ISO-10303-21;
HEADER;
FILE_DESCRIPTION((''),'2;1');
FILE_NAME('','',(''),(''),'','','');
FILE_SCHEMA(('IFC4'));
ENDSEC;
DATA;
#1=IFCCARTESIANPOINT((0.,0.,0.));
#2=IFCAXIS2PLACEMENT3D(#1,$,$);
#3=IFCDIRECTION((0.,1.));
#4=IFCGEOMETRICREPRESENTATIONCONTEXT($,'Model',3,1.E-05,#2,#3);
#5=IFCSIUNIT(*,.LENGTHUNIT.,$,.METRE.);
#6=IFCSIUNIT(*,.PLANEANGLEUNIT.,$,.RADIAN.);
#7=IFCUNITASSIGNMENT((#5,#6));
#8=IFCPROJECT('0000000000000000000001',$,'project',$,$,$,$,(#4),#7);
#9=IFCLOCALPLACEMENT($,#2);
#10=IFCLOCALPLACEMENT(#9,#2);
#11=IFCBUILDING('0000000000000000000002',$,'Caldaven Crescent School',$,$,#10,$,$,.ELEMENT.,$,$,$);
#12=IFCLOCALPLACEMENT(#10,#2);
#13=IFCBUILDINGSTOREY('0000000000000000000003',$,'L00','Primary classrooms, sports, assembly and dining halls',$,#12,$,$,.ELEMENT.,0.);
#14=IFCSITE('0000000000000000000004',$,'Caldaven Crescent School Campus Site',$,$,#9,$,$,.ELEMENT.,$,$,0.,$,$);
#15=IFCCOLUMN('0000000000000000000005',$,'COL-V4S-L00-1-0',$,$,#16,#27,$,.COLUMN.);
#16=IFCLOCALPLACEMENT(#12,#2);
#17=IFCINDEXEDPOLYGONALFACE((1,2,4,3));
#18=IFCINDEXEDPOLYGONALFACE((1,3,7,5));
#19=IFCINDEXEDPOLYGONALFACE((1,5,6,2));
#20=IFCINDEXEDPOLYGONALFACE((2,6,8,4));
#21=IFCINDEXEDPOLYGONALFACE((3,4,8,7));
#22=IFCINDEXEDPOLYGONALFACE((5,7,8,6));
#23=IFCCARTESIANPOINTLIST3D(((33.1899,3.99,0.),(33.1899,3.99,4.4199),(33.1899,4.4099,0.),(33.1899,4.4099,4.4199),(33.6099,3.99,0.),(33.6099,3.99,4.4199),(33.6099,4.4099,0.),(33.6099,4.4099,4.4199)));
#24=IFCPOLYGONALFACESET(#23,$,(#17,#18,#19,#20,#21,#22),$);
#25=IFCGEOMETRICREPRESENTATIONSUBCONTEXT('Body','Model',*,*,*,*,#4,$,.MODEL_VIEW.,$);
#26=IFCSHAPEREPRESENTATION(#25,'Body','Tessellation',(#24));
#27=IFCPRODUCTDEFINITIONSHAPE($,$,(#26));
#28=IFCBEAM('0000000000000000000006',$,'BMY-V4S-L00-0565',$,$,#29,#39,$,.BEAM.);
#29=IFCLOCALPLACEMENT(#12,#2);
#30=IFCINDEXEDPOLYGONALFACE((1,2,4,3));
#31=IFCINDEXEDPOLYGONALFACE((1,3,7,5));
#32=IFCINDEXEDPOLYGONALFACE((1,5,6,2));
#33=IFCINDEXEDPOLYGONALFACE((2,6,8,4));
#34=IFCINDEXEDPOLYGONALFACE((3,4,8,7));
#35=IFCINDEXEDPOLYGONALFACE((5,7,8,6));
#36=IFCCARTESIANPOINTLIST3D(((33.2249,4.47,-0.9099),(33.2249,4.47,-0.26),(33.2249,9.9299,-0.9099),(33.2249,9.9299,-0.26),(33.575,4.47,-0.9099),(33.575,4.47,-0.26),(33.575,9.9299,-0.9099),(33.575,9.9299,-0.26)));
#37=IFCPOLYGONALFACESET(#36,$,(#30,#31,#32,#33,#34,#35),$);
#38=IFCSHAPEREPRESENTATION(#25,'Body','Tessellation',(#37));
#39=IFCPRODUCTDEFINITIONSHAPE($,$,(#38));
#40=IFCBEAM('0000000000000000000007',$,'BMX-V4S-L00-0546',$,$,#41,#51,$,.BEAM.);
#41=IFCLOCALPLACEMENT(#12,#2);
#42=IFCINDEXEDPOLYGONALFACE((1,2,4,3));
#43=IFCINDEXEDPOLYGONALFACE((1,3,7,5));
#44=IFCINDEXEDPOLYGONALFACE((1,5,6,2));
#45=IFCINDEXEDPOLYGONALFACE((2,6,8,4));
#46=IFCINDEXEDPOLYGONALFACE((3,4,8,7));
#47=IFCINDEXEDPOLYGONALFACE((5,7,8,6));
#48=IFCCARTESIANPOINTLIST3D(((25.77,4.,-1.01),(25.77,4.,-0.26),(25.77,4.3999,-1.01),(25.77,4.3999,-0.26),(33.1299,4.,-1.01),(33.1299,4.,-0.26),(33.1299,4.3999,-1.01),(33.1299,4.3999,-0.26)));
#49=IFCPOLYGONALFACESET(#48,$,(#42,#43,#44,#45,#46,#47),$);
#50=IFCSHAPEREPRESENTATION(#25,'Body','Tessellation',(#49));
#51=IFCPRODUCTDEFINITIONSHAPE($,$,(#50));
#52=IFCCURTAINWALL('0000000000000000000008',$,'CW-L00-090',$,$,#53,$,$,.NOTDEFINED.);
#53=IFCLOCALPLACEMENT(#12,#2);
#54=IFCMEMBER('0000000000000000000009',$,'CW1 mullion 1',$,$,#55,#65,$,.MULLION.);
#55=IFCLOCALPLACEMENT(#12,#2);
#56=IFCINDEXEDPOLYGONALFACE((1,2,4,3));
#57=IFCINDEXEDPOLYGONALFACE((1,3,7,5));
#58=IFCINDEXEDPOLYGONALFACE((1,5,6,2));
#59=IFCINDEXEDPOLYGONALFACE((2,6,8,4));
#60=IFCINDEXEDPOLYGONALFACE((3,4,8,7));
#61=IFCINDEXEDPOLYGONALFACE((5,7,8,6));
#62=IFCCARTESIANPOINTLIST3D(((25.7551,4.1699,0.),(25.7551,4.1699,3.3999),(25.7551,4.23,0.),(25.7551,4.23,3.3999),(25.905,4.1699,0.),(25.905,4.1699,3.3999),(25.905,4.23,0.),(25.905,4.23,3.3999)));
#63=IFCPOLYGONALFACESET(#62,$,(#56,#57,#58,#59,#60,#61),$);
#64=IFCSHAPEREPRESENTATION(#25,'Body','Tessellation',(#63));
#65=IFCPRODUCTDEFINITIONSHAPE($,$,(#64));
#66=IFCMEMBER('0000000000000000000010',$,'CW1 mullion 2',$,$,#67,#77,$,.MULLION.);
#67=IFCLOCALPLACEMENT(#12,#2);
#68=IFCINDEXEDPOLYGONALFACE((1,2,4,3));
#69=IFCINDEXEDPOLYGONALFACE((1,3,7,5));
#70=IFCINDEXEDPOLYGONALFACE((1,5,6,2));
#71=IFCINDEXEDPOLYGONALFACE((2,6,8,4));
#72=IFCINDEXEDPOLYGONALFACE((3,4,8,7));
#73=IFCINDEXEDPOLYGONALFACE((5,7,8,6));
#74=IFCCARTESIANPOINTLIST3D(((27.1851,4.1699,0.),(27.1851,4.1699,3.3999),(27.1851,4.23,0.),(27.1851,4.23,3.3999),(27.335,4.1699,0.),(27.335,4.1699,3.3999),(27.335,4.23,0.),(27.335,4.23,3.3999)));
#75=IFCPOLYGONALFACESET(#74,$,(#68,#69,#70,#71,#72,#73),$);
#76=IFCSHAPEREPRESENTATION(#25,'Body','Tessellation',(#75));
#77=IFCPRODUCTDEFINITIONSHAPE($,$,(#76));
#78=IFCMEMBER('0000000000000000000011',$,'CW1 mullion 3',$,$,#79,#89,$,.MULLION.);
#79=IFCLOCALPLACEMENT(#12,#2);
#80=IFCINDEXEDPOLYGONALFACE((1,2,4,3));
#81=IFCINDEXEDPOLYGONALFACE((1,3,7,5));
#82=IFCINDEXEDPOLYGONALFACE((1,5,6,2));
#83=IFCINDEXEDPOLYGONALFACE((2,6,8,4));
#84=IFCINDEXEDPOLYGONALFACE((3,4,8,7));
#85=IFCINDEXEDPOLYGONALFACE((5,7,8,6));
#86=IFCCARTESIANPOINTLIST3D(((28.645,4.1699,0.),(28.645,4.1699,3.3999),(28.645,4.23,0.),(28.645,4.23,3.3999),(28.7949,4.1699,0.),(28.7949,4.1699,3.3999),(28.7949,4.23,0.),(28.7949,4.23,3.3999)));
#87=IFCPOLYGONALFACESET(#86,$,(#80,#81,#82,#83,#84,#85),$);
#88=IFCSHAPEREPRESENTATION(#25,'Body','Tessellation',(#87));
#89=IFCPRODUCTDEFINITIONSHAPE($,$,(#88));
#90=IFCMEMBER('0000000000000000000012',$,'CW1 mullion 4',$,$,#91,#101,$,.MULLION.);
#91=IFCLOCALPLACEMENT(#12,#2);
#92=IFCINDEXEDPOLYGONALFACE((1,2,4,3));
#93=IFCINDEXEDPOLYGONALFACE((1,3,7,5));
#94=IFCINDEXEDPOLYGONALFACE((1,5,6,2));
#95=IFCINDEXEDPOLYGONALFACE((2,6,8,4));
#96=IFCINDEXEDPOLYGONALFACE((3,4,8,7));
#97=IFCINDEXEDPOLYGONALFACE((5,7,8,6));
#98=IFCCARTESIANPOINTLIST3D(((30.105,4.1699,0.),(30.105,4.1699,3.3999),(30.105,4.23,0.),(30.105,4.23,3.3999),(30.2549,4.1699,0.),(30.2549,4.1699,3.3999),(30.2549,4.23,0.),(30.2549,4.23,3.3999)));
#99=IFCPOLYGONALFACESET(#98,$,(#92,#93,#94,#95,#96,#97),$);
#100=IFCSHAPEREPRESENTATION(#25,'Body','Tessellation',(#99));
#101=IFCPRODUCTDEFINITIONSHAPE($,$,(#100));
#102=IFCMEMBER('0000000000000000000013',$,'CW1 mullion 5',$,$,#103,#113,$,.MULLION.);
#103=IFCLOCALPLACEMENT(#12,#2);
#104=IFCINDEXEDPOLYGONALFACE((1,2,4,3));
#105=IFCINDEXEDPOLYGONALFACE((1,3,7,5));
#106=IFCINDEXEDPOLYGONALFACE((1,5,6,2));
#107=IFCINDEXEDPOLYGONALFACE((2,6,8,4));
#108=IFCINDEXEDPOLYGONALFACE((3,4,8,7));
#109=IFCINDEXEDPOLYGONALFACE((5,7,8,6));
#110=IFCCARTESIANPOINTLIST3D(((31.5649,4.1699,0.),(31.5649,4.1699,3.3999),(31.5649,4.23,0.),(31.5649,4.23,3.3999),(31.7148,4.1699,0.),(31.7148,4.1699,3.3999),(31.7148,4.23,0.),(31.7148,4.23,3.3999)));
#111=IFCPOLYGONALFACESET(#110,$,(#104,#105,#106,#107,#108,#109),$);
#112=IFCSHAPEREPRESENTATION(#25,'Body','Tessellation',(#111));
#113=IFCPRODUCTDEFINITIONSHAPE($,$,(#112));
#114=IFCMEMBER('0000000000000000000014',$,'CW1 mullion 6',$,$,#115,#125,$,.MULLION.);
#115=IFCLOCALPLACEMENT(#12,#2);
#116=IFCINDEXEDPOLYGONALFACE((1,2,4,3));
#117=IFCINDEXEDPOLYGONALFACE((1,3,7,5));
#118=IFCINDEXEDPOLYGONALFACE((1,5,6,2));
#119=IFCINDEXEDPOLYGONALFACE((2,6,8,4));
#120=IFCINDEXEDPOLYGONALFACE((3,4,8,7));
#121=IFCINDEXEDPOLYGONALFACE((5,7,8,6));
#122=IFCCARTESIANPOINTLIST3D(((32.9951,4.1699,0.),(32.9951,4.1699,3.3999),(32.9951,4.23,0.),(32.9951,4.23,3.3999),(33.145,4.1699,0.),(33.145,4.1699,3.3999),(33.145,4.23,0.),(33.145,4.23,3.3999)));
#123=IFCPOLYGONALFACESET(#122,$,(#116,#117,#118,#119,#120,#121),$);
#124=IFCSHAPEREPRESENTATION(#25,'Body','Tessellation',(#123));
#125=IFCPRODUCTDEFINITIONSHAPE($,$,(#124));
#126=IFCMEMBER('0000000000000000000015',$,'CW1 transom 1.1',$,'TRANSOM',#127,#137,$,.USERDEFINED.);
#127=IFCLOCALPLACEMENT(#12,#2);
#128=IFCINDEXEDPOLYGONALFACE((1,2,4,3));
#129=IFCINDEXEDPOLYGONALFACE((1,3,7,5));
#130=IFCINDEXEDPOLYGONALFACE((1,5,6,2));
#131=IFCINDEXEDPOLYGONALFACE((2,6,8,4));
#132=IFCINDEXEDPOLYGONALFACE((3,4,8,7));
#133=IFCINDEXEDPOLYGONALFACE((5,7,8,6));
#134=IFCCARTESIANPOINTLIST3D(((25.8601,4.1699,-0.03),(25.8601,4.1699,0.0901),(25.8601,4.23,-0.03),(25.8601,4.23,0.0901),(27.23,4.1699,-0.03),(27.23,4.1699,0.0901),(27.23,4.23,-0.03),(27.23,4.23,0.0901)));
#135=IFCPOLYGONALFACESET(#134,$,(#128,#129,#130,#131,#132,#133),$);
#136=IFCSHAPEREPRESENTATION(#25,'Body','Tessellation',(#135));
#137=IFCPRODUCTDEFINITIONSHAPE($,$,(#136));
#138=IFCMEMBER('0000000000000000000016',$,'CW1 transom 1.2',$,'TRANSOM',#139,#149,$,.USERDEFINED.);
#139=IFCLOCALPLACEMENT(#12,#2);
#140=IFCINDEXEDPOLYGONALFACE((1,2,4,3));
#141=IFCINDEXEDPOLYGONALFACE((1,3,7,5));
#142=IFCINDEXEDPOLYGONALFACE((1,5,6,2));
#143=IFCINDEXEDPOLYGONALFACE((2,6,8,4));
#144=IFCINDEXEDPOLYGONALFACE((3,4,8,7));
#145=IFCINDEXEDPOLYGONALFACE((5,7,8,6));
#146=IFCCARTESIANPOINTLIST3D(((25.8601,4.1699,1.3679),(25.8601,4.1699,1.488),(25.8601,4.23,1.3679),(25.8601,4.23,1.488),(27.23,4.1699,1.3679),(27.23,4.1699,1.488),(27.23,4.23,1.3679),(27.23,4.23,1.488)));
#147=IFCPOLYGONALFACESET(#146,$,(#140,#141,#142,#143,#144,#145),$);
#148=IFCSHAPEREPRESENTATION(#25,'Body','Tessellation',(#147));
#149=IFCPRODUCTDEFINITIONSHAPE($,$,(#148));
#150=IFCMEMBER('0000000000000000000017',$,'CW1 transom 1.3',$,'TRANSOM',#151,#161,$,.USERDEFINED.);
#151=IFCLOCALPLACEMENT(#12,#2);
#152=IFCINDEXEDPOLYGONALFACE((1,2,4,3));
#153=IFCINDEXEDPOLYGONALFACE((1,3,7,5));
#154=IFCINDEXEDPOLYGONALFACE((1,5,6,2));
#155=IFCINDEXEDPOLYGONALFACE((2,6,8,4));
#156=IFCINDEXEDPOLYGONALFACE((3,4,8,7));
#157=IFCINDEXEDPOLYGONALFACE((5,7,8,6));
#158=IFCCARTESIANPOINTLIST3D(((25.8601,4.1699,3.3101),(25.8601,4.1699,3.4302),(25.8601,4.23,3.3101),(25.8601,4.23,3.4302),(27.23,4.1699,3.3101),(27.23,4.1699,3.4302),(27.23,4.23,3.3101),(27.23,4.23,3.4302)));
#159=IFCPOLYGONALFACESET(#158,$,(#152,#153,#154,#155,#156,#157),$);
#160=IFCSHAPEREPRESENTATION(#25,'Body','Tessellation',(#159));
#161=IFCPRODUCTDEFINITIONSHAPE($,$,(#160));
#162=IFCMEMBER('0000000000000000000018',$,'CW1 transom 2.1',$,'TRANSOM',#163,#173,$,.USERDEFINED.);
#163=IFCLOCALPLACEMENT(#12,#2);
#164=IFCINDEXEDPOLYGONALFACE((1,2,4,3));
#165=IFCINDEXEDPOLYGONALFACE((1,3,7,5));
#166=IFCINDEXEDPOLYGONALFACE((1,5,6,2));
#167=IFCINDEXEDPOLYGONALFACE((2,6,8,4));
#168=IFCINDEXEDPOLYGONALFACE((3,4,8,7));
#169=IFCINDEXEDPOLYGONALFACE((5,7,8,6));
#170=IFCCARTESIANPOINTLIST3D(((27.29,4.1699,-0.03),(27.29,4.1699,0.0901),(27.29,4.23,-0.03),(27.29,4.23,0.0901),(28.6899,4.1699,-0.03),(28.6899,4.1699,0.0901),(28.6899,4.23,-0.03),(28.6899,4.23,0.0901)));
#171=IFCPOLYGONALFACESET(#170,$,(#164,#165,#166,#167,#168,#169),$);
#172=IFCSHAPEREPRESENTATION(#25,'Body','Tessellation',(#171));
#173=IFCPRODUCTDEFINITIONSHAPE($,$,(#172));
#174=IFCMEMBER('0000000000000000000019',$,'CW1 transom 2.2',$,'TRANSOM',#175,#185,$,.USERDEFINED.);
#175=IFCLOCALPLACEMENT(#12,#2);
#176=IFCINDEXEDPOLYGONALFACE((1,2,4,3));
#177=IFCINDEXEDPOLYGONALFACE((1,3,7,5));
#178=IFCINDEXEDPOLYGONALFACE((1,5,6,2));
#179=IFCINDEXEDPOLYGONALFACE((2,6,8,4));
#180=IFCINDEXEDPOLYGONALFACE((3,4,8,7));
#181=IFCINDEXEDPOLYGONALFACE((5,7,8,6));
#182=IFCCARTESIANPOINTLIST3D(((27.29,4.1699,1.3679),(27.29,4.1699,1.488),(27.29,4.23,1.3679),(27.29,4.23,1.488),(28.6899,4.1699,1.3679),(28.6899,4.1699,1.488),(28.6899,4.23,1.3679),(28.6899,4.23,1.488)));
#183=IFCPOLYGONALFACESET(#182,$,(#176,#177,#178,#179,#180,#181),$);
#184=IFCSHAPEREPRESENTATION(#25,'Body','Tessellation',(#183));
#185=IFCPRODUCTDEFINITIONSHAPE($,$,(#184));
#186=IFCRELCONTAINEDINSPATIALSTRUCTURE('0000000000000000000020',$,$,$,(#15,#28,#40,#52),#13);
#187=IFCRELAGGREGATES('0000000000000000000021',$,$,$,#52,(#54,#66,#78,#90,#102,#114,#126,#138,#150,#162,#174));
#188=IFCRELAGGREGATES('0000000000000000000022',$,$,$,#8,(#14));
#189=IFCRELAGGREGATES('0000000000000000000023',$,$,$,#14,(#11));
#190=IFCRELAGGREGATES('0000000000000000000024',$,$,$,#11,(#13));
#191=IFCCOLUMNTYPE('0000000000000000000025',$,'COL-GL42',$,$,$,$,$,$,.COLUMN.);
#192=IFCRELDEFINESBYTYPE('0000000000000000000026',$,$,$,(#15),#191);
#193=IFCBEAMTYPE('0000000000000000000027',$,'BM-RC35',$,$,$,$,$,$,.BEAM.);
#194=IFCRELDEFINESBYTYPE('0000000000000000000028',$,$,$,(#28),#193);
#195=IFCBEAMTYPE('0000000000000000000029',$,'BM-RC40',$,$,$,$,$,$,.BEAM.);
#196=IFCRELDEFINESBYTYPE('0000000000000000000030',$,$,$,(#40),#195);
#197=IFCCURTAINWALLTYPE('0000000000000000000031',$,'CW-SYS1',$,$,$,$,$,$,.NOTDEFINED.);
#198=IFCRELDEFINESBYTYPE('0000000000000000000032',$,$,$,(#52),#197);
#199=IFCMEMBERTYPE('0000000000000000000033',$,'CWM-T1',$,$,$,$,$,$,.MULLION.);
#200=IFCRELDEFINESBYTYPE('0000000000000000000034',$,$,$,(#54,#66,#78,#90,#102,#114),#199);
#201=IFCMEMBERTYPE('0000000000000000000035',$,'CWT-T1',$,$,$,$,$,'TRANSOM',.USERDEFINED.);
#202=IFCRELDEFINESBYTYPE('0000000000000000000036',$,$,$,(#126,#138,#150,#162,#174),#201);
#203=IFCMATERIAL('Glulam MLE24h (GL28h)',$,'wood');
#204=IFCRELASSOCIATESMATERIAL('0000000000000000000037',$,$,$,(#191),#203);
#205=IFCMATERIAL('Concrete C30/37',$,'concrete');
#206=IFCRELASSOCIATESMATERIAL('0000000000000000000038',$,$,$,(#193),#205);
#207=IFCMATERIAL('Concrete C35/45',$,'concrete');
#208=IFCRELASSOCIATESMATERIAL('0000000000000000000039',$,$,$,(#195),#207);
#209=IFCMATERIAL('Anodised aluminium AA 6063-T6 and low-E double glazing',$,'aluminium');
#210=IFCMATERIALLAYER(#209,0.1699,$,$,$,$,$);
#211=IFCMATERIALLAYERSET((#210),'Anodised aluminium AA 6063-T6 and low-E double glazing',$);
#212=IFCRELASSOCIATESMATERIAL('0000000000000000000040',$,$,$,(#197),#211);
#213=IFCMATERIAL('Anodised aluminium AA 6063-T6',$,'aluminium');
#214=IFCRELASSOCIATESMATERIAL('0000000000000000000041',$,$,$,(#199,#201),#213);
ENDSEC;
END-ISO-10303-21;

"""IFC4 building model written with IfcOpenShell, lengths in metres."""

from ifc_helpers import new_model, si_unit, direction, frame, origin, origin_2d, place, context, subcontext, project, spatial, rectangle, extrude, material, layer, layer_set, material_profile, profile_set, type_object, element, aggregate, save


model = new_model("IFC4")

# Units and contexts
model_context = context("Model", 3, precision=1e-05, world=origin(), true_north=direction((0.0, 1.0)))
body_context = subcontext(model_context, "Body", "Model", "MODEL_VIEW")
ifc_project = project(units=[si_unit("LENGTHUNIT", "METRE"), si_unit("PLANEANGLEUNIT", "RADIAN")], contexts=[model_context])

# Site, building, storey
site_placement = place(None, origin())
site = spatial("IfcSite", under=ifc_project, at=site_placement, Name="Caldaven Crescent School Campus Site", CompositionType="ELEMENT", RefElevation=0.0)
building_placement = place(site_placement, origin())
building = spatial("IfcBuilding", under=site, at=building_placement, Name="Caldaven Crescent School", CompositionType="ELEMENT")
storey_placement = place(building_placement, origin())
storey = spatial("IfcBuildingStorey", under=building, at=storey_placement, Name="L00", Description="Primary classrooms, sports, assembly and dining halls", CompositionType="ELEMENT", Elevation=0.0)

# Column
ifc_material_1 = material(Name="Glulam MLE24h (GL28h)", Category="wood")
ifc_material_profile_1 = material_profile(ifc_material_1, rectangle(XDim=0.4199, YDim=0.4199, at=origin_2d()), Name="MLE 420x420")
ifc_profile_set_1 = profile_set([ifc_material_profile_1], Name="Glulam MLE24h (GL28h)")
column_type = type_object("IfcColumnType", Name="COL-GL42", PredefinedType="COLUMN", material=ifc_profile_set_1)
column_placement = place(storey_placement, frame((33.3999, 4.2, 0.0), z_axis=(0.0, 0.0, 1.0), x_axis=(1.0, 0.0, 0.0)))
element("IfcColumn", 1, at=column_placement, inside=storey, type_object=column_type, Name="COL-V4S-L00-1-0", PredefinedType="COLUMN", context=body_context, shape_type="SweptSolid", body=[
    extrude(rectangle(XDim=0.4199, YDim=0.4199, at=origin_2d()), origin(), (0.0, 0.0, 1.0), 4.4199),
])

# Beams
ifc_material_2 = material(Name="Concrete C30/37", Category="concrete")
ifc_material_profile_2 = material_profile(ifc_material_2, rectangle(XDim=0.3501, YDim=0.6499, at=origin_2d()), Name="RC 350x650")
ifc_profile_set_2 = profile_set([ifc_material_profile_2], Name="Concrete C30/37")
beam_type_1 = type_object("IfcBeamType", Name="BM-RC35", PredefinedType="BEAM", material=ifc_profile_set_2)
beam_1_placement = place(storey_placement, frame((33.3999, 4.47, -0.585), z_axis=(0.0, 1.0, 0.0), x_axis=(-1.0, 0.0, 0.0)))
element("IfcBeam", 2, at=beam_1_placement, inside=storey, type_object=beam_type_1, Name="BMY-V4S-L00-0565", PredefinedType="BEAM", context=body_context, shape_type="SweptSolid", body=[
    extrude(rectangle(XDim=0.3501, YDim=0.6499, at=origin_2d()), origin(), (0.0, 0.0, 1.0), 5.46),
])
ifc_material_3 = material(Name="Concrete C35/45", Category="concrete")
ifc_material_profile_3 = material_profile(ifc_material_3, rectangle(XDim=0.3999, YDim=0.75, at=origin_2d()), Name="RC 400x750")
ifc_profile_set_3 = profile_set([ifc_material_profile_3], Name="Concrete C35/45")
beam_type_2 = type_object("IfcBeamType", Name="BM-RC40", PredefinedType="BEAM", material=ifc_profile_set_3)
beam_2_placement = place(storey_placement, frame((25.77, 4.2, -0.635), z_axis=(1.0, 0.0, 0.0), x_axis=(0.0, 1.0, 0.0)))
element("IfcBeam", 3, at=beam_2_placement, inside=storey, type_object=beam_type_2, Name="BMX-V4S-L00-0546", PredefinedType="BEAM", context=body_context, shape_type="SweptSolid", body=[
    extrude(rectangle(XDim=0.3999, YDim=0.75, at=origin_2d()), origin(), (0.0, 0.0, 1.0), 7.3599),
])

# Curtain wall, members
ifc_material_4 = material(Name="Anodised aluminium AA 6063-T6 and low-E double glazing", Category="aluminium")
ifc_layer_1 = layer(ifc_material_4, 0.1699)
ifc_layer_set_1 = layer_set([ifc_layer_1], Name="Anodised aluminium AA 6063-T6 and low-E double glazing")
curtain_wall_type = type_object("IfcCurtainWallType", Name="CW-SYS1", PredefinedType="NOTDEFINED", material=ifc_layer_set_1)
curtain_wall_placement = place(storey_placement, origin())
curtain_wall = element("IfcCurtainWall", 4, at=curtain_wall_placement, inside=storey, type_object=curtain_wall_type, Name="CW-L00-090", PredefinedType="NOTDEFINED")
ifc_material_5 = material(Name="Anodised aluminium AA 6063-T6", Category="aluminium")
ifc_material_profile_4 = material_profile(ifc_material_5, rectangle(XDim=0.0601, YDim=0.1499, at=origin_2d()), Name="CWM 60x150")
ifc_profile_set_4 = profile_set([ifc_material_profile_4], Name="Anodised aluminium AA 6063-T6")
member_type_1 = type_object("IfcMemberType", Name="CWM-T1", PredefinedType="MULLION", material=ifc_profile_set_4)
member_1_placement = place(storey_placement, frame((25.8301, 4.2, 0.0), z_axis=(0.0, 0.0, 1.0), x_axis=(0.0, 1.0, 0.0)))
member_1 = element("IfcMember", 5, at=member_1_placement, type_object=member_type_1, Name="CW1 mullion 1", PredefinedType="MULLION", context=body_context, shape_type="SweptSolid", body=[
    extrude(rectangle(XDim=0.0601, YDim=0.1499, at=origin_2d()), origin(), (0.0, 0.0, 1.0), 3.3999),
])
member_2_placement = place(storey_placement, frame((27.26, 4.2, 0.0), z_axis=(0.0, 0.0, 1.0), x_axis=(0.0, 1.0, 0.0)))
member_2 = element("IfcMember", 6, at=member_2_placement, type_object=member_type_1, Name="CW1 mullion 2", PredefinedType="MULLION", context=body_context, shape_type="SweptSolid", body=[
    extrude(rectangle(XDim=0.0601, YDim=0.1499, at=origin_2d()), origin(), (0.0, 0.0, 1.0), 3.3999),
])
member_3_placement = place(storey_placement, frame((28.72, 4.2, 0.0), z_axis=(0.0, 0.0, 1.0), x_axis=(0.0, 1.0, 0.0)))
member_3 = element("IfcMember", 7, at=member_3_placement, type_object=member_type_1, Name="CW1 mullion 3", PredefinedType="MULLION", context=body_context, shape_type="SweptSolid", body=[
    extrude(rectangle(XDim=0.0601, YDim=0.1499, at=origin_2d()), origin(), (0.0, 0.0, 1.0), 3.3999),
])
member_4_placement = place(storey_placement, frame((30.1799, 4.2, 0.0), z_axis=(0.0, 0.0, 1.0), x_axis=(0.0, 1.0, 0.0)))
member_4 = element("IfcMember", 8, at=member_4_placement, type_object=member_type_1, Name="CW1 mullion 4", PredefinedType="MULLION", context=body_context, shape_type="SweptSolid", body=[
    extrude(rectangle(XDim=0.0601, YDim=0.1499, at=origin_2d()), origin(), (0.0, 0.0, 1.0), 3.3999),
])
member_5_placement = place(storey_placement, frame((31.6399, 4.2, 0.0), z_axis=(0.0, 0.0, 1.0), x_axis=(0.0, 1.0, 0.0)))
member_5 = element("IfcMember", 9, at=member_5_placement, type_object=member_type_1, Name="CW1 mullion 5", PredefinedType="MULLION", context=body_context, shape_type="SweptSolid", body=[
    extrude(rectangle(XDim=0.0601, YDim=0.1499, at=origin_2d()), origin(), (0.0, 0.0, 1.0), 3.3999),
])
member_6_placement = place(storey_placement, frame((33.0701, 4.2, 0.0), z_axis=(0.0, 0.0, 1.0), x_axis=(0.0, 1.0, 0.0)))
member_6 = element("IfcMember", 10, at=member_6_placement, type_object=member_type_1, Name="CW1 mullion 6", PredefinedType="MULLION", context=body_context, shape_type="SweptSolid", body=[
    extrude(rectangle(XDim=0.0601, YDim=0.1499, at=origin_2d()), origin(), (0.0, 0.0, 1.0), 3.3999),
])
ifc_material_profile_5 = material_profile(ifc_material_5, rectangle(XDim=0.0601, YDim=0.1201, at=origin_2d()), Name="CWT 60x120")
ifc_profile_set_5 = profile_set([ifc_material_profile_5], Name="Anodised aluminium AA 6063-T6")
member_type_2 = type_object("IfcMemberType", Name="CWT-T1", ElementType="TRANSOM", PredefinedType="USERDEFINED", material=ifc_profile_set_5)
member_7_placement = place(storey_placement, frame((25.8601, 4.2, 0.03), z_axis=(1.0, 0.0, 0.0), x_axis=(0.0, 1.0, 0.0)))
member_7 = element("IfcMember", 11, at=member_7_placement, type_object=member_type_2, Name="CW1 transom 1.1", ObjectType="TRANSOM", PredefinedType="USERDEFINED", context=body_context, shape_type="SweptSolid", body=[
    extrude(rectangle(XDim=0.0601, YDim=0.1201, at=origin_2d()), origin(), (0.0, 0.0, 1.0), 1.3699),
])
member_8_placement = place(storey_placement, frame((25.8601, 4.2, 1.428), z_axis=(1.0, 0.0, 0.0), x_axis=(0.0, 1.0, 0.0)))
member_8 = element("IfcMember", 12, at=member_8_placement, type_object=member_type_2, Name="CW1 transom 1.2", ObjectType="TRANSOM", PredefinedType="USERDEFINED", context=body_context, shape_type="SweptSolid", body=[
    extrude(rectangle(XDim=0.0601, YDim=0.1201, at=origin_2d()), origin(), (0.0, 0.0, 1.0), 1.3699),
])
member_9_placement = place(storey_placement, frame((25.8601, 4.2, 3.3701), z_axis=(1.0, 0.0, 0.0), x_axis=(0.0, 1.0, 0.0)))
member_9 = element("IfcMember", 13, at=member_9_placement, type_object=member_type_2, Name="CW1 transom 1.3", ObjectType="TRANSOM", PredefinedType="USERDEFINED", context=body_context, shape_type="SweptSolid", body=[
    extrude(rectangle(XDim=0.0601, YDim=0.1201, at=origin_2d()), origin(), (0.0, 0.0, 1.0), 1.3699),
])
member_10_placement = place(storey_placement, frame((27.29, 4.2, 0.03), z_axis=(1.0, 0.0, 0.0), x_axis=(0.0, 1.0, 0.0)))
member_10 = element("IfcMember", 14, at=member_10_placement, type_object=member_type_2, Name="CW1 transom 2.1", ObjectType="TRANSOM", PredefinedType="USERDEFINED", context=body_context, shape_type="SweptSolid", body=[
    extrude(rectangle(XDim=0.0601, YDim=0.1201, at=origin_2d()), origin(), (0.0, 0.0, 1.0), 1.3999),
])
member_11_placement = place(storey_placement, frame((27.29, 4.2, 1.428), z_axis=(1.0, 0.0, 0.0), x_axis=(0.0, 1.0, 0.0)))
member_11 = element("IfcMember", 15, at=member_11_placement, type_object=member_type_2, Name="CW1 transom 2.2", ObjectType="TRANSOM", PredefinedType="USERDEFINED", context=body_context, shape_type="SweptSolid", body=[
    extrude(rectangle(XDim=0.0601, YDim=0.1201, at=origin_2d()), origin(), (0.0, 0.0, 1.0), 1.3999),
])
aggregate(curtain_wall, [member_1, member_2, member_3, member_4, member_5, member_6, member_7, member_8, member_9, member_10, member_11])

save(model, "model.ifc")
